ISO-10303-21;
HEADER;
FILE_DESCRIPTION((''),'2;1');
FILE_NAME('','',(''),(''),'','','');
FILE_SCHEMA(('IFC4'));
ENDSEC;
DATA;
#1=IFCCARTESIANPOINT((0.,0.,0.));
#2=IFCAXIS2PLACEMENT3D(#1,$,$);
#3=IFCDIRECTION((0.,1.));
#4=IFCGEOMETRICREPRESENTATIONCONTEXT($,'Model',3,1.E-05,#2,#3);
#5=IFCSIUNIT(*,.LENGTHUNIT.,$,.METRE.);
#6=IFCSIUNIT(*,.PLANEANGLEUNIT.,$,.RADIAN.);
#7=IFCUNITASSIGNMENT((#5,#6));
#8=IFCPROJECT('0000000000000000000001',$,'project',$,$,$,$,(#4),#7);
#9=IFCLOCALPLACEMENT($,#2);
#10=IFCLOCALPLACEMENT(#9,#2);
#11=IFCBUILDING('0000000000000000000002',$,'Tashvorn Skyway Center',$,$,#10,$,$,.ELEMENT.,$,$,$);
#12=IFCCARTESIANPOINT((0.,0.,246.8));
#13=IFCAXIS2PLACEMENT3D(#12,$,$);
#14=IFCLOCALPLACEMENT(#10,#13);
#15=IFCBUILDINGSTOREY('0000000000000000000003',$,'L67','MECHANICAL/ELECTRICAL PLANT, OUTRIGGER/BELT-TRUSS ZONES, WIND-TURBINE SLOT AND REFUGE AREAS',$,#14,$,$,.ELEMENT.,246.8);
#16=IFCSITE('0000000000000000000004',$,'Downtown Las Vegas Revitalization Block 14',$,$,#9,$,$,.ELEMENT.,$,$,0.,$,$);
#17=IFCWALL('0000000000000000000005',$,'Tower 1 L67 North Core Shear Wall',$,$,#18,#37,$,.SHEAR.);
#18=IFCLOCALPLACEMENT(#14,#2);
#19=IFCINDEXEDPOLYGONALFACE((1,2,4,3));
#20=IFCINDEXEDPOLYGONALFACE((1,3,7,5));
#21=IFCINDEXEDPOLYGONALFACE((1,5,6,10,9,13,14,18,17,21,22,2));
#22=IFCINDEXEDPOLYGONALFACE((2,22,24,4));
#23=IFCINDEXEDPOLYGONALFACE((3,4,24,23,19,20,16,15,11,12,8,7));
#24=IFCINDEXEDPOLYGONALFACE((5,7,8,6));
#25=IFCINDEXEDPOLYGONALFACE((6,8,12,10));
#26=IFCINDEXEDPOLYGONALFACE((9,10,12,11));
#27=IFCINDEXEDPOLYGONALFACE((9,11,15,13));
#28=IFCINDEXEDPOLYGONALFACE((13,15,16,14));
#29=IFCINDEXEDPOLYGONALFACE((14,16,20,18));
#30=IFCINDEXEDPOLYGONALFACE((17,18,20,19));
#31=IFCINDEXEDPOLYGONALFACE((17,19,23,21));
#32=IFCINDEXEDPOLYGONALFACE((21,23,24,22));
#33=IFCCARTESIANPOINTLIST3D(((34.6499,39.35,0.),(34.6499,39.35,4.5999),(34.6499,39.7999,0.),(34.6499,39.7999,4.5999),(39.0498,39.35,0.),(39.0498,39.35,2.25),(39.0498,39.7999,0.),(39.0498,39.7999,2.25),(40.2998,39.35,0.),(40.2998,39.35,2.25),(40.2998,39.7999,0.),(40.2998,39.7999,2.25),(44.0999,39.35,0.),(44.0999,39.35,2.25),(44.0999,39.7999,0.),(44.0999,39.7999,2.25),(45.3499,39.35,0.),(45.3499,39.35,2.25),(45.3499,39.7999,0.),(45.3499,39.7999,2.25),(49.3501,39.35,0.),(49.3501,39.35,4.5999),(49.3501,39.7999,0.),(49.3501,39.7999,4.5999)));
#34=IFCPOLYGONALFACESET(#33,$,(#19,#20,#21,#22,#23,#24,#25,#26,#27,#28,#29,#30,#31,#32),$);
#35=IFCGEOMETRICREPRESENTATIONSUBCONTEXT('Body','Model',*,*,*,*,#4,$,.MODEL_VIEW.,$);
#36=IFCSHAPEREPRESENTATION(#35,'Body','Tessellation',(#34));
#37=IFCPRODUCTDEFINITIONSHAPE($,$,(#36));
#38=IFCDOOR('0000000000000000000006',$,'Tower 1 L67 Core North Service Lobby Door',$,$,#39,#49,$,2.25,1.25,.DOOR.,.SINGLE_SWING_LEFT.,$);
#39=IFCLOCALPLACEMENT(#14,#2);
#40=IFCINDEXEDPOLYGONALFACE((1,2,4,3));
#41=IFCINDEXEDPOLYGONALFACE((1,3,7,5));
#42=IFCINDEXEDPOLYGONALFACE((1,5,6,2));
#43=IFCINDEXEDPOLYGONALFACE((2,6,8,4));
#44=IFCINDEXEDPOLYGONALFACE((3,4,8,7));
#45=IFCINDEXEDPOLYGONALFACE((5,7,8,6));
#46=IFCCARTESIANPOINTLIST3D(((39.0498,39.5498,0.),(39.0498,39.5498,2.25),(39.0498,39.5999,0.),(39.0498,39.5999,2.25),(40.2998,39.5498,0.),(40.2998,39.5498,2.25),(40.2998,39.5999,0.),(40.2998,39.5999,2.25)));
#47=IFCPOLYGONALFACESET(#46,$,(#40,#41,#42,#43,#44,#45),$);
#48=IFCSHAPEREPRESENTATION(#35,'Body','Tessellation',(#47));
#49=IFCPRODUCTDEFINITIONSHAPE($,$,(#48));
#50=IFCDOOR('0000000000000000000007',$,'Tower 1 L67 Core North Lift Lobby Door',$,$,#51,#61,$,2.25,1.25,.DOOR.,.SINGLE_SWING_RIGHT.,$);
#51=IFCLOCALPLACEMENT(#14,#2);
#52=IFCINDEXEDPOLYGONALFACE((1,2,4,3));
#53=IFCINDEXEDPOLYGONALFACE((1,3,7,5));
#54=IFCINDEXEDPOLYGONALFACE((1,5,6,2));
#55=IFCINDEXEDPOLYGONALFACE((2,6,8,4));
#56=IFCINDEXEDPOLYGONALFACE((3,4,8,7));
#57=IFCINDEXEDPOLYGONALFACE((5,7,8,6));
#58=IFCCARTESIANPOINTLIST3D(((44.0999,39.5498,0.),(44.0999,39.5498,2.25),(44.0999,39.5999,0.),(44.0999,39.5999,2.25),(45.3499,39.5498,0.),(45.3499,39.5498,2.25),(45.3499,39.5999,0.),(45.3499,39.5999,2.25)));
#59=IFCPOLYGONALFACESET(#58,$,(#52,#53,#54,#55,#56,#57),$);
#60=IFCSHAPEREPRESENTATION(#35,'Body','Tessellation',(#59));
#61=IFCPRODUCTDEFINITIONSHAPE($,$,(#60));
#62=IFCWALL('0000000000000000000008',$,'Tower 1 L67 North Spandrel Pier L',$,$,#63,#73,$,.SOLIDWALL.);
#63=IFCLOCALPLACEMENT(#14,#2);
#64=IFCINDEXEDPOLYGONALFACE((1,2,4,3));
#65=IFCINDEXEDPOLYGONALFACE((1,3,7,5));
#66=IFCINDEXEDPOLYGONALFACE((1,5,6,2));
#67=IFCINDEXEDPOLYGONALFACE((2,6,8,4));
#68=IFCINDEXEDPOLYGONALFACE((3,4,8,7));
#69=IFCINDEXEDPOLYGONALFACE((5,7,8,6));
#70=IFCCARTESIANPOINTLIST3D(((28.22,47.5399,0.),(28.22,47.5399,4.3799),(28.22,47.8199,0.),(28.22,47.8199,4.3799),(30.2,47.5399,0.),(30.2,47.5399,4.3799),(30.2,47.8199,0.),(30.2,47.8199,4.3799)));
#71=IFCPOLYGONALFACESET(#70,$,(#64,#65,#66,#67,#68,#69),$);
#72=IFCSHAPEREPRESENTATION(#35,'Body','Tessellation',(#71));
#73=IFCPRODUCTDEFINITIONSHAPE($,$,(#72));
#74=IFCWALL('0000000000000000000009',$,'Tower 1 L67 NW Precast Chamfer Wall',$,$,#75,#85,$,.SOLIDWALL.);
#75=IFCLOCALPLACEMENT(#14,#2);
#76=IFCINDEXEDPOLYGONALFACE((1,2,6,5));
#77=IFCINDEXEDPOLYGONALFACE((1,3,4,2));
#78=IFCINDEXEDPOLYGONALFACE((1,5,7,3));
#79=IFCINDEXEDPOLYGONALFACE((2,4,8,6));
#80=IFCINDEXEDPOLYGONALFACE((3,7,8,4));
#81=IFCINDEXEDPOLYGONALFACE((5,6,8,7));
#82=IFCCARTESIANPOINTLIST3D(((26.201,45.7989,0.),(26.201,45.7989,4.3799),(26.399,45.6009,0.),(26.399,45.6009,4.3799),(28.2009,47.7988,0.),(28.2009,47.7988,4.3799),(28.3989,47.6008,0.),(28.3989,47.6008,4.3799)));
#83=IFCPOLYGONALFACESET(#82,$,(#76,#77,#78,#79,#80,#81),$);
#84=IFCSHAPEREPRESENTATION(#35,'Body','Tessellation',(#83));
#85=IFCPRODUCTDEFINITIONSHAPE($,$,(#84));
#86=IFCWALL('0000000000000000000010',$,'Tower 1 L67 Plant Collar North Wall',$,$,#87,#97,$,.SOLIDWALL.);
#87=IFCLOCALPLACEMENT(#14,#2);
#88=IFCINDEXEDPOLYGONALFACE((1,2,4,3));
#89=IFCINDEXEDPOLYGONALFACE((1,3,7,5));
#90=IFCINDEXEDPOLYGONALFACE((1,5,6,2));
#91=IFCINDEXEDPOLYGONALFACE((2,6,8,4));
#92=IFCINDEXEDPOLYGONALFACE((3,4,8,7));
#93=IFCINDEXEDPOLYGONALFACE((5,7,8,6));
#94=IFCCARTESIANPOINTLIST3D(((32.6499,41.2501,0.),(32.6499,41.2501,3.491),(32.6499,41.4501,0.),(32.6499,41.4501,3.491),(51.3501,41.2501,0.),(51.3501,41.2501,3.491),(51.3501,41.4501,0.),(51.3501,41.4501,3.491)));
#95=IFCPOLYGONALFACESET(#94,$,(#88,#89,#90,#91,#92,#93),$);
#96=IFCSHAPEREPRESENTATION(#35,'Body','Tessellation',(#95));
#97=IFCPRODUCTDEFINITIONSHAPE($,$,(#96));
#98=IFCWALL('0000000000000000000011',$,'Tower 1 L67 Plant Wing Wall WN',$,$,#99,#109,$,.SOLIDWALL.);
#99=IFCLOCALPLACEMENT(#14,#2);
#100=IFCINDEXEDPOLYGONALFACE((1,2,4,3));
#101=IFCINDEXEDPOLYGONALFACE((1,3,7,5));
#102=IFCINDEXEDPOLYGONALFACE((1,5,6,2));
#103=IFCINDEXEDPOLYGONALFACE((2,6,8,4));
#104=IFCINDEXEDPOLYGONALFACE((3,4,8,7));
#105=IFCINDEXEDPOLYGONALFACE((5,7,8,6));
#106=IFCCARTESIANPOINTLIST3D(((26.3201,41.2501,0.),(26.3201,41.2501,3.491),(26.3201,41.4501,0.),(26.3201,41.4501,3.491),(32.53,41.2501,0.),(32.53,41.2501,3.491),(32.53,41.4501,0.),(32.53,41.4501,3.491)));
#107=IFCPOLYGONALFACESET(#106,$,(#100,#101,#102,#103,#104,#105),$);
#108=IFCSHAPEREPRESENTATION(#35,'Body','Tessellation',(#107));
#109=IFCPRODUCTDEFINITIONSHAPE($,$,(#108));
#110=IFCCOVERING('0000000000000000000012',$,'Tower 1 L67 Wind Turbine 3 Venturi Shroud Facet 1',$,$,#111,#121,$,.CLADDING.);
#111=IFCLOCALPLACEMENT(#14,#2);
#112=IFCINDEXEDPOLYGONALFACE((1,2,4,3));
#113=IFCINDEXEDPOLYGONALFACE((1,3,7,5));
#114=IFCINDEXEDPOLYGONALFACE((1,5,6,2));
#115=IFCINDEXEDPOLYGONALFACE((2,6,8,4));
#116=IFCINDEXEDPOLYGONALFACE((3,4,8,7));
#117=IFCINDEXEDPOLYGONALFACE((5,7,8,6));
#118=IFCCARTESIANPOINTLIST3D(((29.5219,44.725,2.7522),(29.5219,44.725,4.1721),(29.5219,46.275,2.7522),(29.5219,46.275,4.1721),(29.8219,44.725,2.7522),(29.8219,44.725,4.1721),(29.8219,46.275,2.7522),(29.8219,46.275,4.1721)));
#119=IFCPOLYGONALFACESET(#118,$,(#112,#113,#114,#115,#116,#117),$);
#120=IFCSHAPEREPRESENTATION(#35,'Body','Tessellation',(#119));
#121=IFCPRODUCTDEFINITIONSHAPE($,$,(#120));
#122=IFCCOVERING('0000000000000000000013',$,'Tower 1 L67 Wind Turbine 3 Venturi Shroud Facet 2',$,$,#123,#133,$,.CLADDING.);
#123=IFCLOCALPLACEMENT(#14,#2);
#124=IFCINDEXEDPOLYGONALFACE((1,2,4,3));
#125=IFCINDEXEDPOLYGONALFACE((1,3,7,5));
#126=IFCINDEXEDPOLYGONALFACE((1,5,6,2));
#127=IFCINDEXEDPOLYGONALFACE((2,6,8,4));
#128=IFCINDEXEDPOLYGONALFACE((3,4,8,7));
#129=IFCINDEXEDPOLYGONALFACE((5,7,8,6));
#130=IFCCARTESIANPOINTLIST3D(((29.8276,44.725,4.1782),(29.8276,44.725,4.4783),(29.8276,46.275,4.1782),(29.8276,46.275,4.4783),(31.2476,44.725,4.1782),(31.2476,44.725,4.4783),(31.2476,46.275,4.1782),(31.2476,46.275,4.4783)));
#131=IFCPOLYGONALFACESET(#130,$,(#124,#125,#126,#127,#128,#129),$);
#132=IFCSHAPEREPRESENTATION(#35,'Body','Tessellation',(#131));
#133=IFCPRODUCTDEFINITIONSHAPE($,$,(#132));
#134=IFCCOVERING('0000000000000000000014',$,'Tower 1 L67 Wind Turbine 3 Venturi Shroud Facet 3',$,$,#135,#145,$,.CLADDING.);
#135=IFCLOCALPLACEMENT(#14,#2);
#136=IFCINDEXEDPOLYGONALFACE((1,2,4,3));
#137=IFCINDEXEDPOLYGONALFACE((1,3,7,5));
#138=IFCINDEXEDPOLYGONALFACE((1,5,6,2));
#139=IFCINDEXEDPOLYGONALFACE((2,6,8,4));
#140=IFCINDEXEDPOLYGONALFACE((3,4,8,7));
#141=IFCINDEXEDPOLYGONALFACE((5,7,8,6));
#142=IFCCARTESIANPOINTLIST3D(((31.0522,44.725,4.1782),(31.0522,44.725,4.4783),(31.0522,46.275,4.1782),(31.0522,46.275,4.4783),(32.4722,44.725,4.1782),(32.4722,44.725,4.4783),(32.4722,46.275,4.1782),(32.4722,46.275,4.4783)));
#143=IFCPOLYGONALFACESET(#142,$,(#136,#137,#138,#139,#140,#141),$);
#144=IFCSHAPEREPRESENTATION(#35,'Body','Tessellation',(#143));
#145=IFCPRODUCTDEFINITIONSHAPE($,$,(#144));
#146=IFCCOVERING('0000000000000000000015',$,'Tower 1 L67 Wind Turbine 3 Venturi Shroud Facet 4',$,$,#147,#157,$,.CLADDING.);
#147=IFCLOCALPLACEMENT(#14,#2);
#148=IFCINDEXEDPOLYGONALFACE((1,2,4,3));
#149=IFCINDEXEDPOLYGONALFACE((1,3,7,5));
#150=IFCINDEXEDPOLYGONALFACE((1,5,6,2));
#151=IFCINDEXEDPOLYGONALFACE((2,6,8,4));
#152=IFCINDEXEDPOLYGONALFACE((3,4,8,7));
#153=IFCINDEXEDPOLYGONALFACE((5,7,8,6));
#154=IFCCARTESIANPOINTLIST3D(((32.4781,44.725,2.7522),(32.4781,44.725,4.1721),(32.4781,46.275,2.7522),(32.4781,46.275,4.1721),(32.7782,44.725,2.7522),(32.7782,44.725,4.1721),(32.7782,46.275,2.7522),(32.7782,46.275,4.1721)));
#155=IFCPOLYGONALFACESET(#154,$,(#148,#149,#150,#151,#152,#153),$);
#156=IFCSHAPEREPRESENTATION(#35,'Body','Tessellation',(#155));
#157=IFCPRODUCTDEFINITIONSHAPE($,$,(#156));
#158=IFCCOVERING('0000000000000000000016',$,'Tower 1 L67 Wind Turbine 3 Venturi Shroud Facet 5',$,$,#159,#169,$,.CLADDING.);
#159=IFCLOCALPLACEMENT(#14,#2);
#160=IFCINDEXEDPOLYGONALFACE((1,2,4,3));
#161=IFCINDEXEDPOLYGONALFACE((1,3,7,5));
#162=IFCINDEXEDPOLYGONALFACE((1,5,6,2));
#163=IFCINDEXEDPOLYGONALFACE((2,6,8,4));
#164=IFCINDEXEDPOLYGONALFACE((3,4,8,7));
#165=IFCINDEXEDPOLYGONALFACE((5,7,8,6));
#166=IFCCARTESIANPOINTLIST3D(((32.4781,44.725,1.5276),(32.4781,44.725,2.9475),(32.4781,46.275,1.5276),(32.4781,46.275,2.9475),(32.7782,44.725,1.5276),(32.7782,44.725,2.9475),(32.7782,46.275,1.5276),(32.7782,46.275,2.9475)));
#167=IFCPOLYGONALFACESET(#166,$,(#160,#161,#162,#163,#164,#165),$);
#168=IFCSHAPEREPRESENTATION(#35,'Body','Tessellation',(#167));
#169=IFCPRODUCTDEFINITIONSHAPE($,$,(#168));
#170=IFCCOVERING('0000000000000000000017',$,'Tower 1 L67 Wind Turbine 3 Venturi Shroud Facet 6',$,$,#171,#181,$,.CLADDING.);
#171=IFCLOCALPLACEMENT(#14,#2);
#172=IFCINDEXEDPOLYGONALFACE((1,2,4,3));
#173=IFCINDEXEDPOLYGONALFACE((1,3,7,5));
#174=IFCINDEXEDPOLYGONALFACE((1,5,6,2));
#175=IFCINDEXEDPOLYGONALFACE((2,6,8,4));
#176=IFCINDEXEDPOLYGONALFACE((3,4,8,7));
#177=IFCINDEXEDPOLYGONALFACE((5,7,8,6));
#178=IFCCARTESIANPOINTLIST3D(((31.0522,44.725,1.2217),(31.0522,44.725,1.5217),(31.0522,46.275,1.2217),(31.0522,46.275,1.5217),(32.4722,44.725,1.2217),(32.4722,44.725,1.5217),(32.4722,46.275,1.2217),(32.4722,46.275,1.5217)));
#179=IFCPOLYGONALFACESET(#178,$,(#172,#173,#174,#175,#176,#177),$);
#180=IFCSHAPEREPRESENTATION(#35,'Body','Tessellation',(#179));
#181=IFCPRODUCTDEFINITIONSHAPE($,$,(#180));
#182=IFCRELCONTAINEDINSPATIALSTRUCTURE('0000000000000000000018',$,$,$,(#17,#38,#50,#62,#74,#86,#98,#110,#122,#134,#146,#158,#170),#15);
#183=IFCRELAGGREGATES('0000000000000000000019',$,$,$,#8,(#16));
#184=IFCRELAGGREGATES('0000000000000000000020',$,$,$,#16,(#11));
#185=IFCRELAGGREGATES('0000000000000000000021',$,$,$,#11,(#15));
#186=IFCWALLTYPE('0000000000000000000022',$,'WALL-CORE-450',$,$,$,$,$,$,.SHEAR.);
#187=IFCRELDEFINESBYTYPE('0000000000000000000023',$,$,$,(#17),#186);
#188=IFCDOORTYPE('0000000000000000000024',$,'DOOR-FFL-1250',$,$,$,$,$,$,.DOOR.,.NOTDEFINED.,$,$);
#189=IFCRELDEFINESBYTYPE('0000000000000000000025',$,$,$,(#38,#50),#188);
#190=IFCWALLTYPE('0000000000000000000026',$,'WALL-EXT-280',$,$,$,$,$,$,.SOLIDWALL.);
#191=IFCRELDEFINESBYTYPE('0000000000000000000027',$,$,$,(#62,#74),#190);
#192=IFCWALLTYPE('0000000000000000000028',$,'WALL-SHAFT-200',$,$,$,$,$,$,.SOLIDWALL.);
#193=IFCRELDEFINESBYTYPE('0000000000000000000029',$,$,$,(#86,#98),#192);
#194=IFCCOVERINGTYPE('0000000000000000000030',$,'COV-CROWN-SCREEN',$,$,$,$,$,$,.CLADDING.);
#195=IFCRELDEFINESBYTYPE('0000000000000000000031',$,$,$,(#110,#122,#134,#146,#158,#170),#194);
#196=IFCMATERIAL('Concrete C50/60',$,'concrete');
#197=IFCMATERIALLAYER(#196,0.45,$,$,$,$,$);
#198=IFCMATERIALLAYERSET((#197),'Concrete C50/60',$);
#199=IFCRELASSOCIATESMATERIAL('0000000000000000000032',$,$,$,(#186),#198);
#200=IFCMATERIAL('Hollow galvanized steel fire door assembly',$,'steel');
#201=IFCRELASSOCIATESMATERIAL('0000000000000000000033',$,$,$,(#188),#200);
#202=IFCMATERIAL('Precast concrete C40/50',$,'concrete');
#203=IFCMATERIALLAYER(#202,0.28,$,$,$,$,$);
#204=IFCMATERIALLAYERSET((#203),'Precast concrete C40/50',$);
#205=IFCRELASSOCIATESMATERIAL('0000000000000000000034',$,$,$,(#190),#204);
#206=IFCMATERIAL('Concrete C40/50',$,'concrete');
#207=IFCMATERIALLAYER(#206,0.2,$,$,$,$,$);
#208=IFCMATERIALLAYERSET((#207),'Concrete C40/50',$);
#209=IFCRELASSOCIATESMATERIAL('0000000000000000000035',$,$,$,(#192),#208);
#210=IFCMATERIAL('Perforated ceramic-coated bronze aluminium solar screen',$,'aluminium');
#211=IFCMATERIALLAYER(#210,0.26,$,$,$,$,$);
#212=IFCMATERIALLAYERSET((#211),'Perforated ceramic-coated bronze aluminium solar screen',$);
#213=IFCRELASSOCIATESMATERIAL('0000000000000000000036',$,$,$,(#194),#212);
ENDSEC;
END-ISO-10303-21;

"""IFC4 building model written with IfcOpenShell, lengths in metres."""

from ifc_helpers import new_model, si_unit, direction, frame, frame_2d, origin, origin_2d, place, context, subcontext, project, spatial, rectangle, extrude, material, layer, layer_set, type_object, element, fill, save


model = new_model("IFC4")

# Units and contexts
model_context = context("Model", 3, precision=1e-05, world=origin(), true_north=direction((0.0, 1.0)))
body_context = subcontext(model_context, "Body", "Model", "MODEL_VIEW")
ifc_project = project(units=[si_unit("LENGTHUNIT", "METRE"), si_unit("PLANEANGLEUNIT", "RADIAN")], contexts=[model_context])

# Site, building, storey
site_placement = place(None, origin())
site = spatial("IfcSite", under=ifc_project, at=site_placement, Name="Downtown Las Vegas Revitalization Block 14", CompositionType="ELEMENT", RefElevation=0.0)
building_placement = place(site_placement, origin())
building = spatial("IfcBuilding", under=site, at=building_placement, Name="Tashvorn Skyway Center", CompositionType="ELEMENT")
storey_placement = place(building_placement, frame((0.0, 0.0, 246.8)))
storey = spatial("IfcBuildingStorey", under=building, at=storey_placement, Name="L67", Description="MECHANICAL/ELECTRICAL PLANT, OUTRIGGER/BELT-TRUSS ZONES, WIND-TURBINE SLOT AND REFUGE AREAS", CompositionType="ELEMENT", Elevation=246.8)

# Wall, openings, doors
ifc_material_1 = material(Name="Concrete C50/60", Category="concrete")
ifc_layer_1 = layer(ifc_material_1, 0.45)
ifc_layer_set_1 = layer_set([ifc_layer_1], Name="Concrete C50/60")
wall_type_1 = type_object("IfcWallType", Name="WALL-CORE-450", PredefinedType="SHEAR", material=ifc_layer_set_1)
wall_1_placement = place(storey_placement, frame((34.6499, 39.575, 0.0), z_axis=(0.0, 0.0, 1.0), x_axis=(1.0, 0.0, 0.0)))
wall_1 = element("IfcWall", 1, at=wall_1_placement, inside=storey, type_object=wall_type_1, Name="Tower 1 L67 North Core Shear Wall", PredefinedType="SHEAR", context=body_context, shape_type="SweptSolid", body=[
    extrude(rectangle(XDim=14.7002, YDim=0.45, at=frame_2d((7.3501, 0.0))), origin(), (0.0, 0.0, 1.0), 4.5999),
])
opening_1_placement = place(wall_1_placement, frame((4.3999, 0.0, 0.0)))
opening_1 = element("IfcOpeningElement", 2, at=opening_1_placement, cuts=wall_1, PredefinedType="OPENING", context=body_context, shape_type="SweptSolid", body=[
    extrude(rectangle(XDim=1.25, YDim=2.25, at=frame_2d((0.625, 1.125))), frame((0.0, 0.2349, 0.0), z_axis=(0.0, -1.0, 0.0), x_axis=(1.0, 0.0, 0.0)), (0.0, 0.0, 1.0), 0.47),
])
opening_2_placement = place(wall_1_placement, frame((9.45, 0.0, 0.0)))
opening_2 = element("IfcOpeningElement", 3, at=opening_2_placement, cuts=wall_1, PredefinedType="OPENING", context=body_context, shape_type="SweptSolid", body=[
    extrude(rectangle(XDim=1.25, YDim=2.25, at=frame_2d((0.625, 1.125))), frame((0.0, 0.2349, 0.0), z_axis=(0.0, -1.0, 0.0), x_axis=(1.0, 0.0, 0.0)), (0.0, 0.0, 1.0), 0.47),
])
ifc_material_2 = material(Name="Hollow galvanized steel fire door assembly", Category="steel")
door_type = type_object("IfcDoorType", Name="DOOR-FFL-1250", OperationType="NOTDEFINED", PredefinedType="DOOR", material=ifc_material_2)
door_1_placement = place(opening_1_placement, origin())
door_1 = element("IfcDoor", 4, at=door_1_placement, inside=storey, type_object=door_type, Name="Tower 1 L67 Core North Service Lobby Door", OperationType="SINGLE_SWING_LEFT", OverallHeight=2.25, OverallWidth=1.25, PredefinedType="DOOR", context=body_context, shape_type="SweptSolid", body=[
    extrude(rectangle(XDim=1.25, YDim=2.25, at=frame_2d((0.625, 1.125))), frame((0.0, 0.0249, 0.0), z_axis=(0.0, -1.0, 0.0), x_axis=(1.0, 0.0, 0.0)), (0.0, 0.0, 1.0), 0.05),
])
fill(opening_1, door_1)
door_2_placement = place(opening_2_placement, origin())
door_2 = element("IfcDoor", 5, at=door_2_placement, inside=storey, type_object=door_type, Name="Tower 1 L67 Core North Lift Lobby Door", OperationType="SINGLE_SWING_RIGHT", OverallHeight=2.25, OverallWidth=1.25, PredefinedType="DOOR", context=body_context, shape_type="SweptSolid", body=[
    extrude(rectangle(XDim=1.25, YDim=2.25, at=frame_2d((0.625, 1.125))), frame((0.0, 0.0249, 0.0), z_axis=(0.0, -1.0, 0.0), x_axis=(1.0, 0.0, 0.0)), (0.0, 0.0, 1.0), 0.05),
])
fill(opening_2, door_2)

# Walls
ifc_material_3 = material(Name="Precast concrete C40/50", Category="concrete")
ifc_layer_2 = layer(ifc_material_3, 0.28)
ifc_layer_set_2 = layer_set([ifc_layer_2], Name="Precast concrete C40/50")
wall_type_2 = type_object("IfcWallType", Name="WALL-EXT-280", PredefinedType="SOLIDWALL", material=ifc_layer_set_2)
wall_2_placement = place(storey_placement, frame((28.22, 47.6799, 0.0), z_axis=(0.0, 0.0, 1.0), x_axis=(1.0, 0.0, 0.0)))
element("IfcWall", 6, at=wall_2_placement, inside=storey, type_object=wall_type_2, Name="Tower 1 L67 North Spandrel Pier L", PredefinedType="SOLIDWALL", context=body_context, shape_type="SweptSolid", body=[
    extrude(rectangle(XDim=1.98, YDim=0.28, at=frame_2d((0.99, 0.0))), origin(), (0.0, 0.0, 1.0), 4.3799),
])
wall_3_placement = place(storey_placement, frame((26.3, 45.7, 0.0), z_axis=(0.0, 0.0, 1.0), x_axis=(0.707107, 0.707107, 0.0)))
element("IfcWall", 7, at=wall_3_placement, inside=storey, type_object=wall_type_2, Name="Tower 1 L67 NW Precast Chamfer Wall", PredefinedType="SOLIDWALL", context=body_context, shape_type="SweptSolid", body=[
    extrude(rectangle(XDim=2.8284, YDim=0.28, at=frame_2d((1.4141, 0.0))), origin(), (0.0, 0.0, 1.0), 4.3799),
])
ifc_material_4 = material(Name="Concrete C40/50", Category="concrete")
ifc_layer_3 = layer(ifc_material_4, 0.2)
ifc_layer_set_3 = layer_set([ifc_layer_3], Name="Concrete C40/50")
wall_type_3 = type_object("IfcWallType", Name="WALL-SHAFT-200", PredefinedType="SOLIDWALL", material=ifc_layer_set_3)
wall_4_placement = place(storey_placement, frame((32.6499, 41.3501, 0.0), z_axis=(0.0, 0.0, 1.0), x_axis=(1.0, 0.0, 0.0)))
element("IfcWall", 8, at=wall_4_placement, inside=storey, type_object=wall_type_3, Name="Tower 1 L67 Plant Collar North Wall", PredefinedType="SOLIDWALL", context=body_context, shape_type="SweptSolid", body=[
    extrude(rectangle(XDim=18.7002, YDim=0.2, at=frame_2d((9.3501, 0.0))), origin(), (0.0, 0.0, 1.0), 3.491),
])
wall_5_placement = place(storey_placement, frame((26.3201, 41.3501, 0.0), z_axis=(0.0, 0.0, 1.0), x_axis=(1.0, 0.0, 0.0)))
element("IfcWall", 9, at=wall_5_placement, inside=storey, type_object=wall_type_3, Name="Tower 1 L67 Plant Wing Wall WN", PredefinedType="SOLIDWALL", context=body_context, shape_type="SweptSolid", body=[
    extrude(rectangle(XDim=6.21, YDim=0.2, at=frame_2d((3.105, 0.0))), origin(), (0.0, 0.0, 1.0), 3.491),
])

# Coverings
ifc_material_5 = material(Name="Perforated ceramic-coated bronze aluminium solar screen", Category="aluminium")
ifc_layer_4 = layer(ifc_material_5, 0.26)
ifc_layer_set_4 = layer_set([ifc_layer_4], Name="Perforated ceramic-coated bronze aluminium solar screen")
covering_type_1 = type_object("IfcCoveringType", Name="COV-CROWN-SCREEN", PredefinedType="CLADDING", material=ifc_layer_set_4)
covering_1_placement = place(storey_placement, frame((29.6719, 45.5, 2.7522), z_axis=(0.0, 0.0, 1.0), x_axis=(-1.0, 0.0, 0.0)))
element("IfcCovering", 10, at=covering_1_placement, inside=storey, type_object=covering_type_1, Name="Tower 1 L67 Wind Turbine 3 Venturi Shroud Facet 1", PredefinedType="CLADDING", context=body_context, shape_type="SweptSolid", body=[
    extrude(rectangle(XDim=0.3, YDim=1.55, at=origin_2d()), origin(), (0.0, 0.0, 1.0), 1.4199),
])
for number, where, z_axis, x_axis, name in (
    (11, (30.5376, 45.5, 4.1782), (0.0, 0.0, 1.0), (-1.0, 0.0, 0.0), "Tower 1 L67 Wind Turbine 3 Venturi Shroud Facet 2"),
    (12, (31.7622, 45.5, 4.1782), (0.0, 0.0, 1.0), (-1.0, 0.0, 0.0), "Tower 1 L67 Wind Turbine 3 Venturi Shroud Facet 3"),
):
    element("IfcCovering", number, at=place(storey_placement, frame(where, z_axis=z_axis, x_axis=x_axis)), inside=storey, type_object=covering_type_1, Name=name, PredefinedType="CLADDING", context=body_context, shape_type="SweptSolid", body=[
        extrude(rectangle(XDim=1.4199, YDim=1.55, at=origin_2d()), origin(), (0.0, 0.0, 1.0), 0.3),
    ])
for number, where, z_axis, x_axis, name in (
    (13, (32.6282, 45.5, 2.7522), (0.0, 0.0, 1.0), (-1.0, 0.0, 0.0), "Tower 1 L67 Wind Turbine 3 Venturi Shroud Facet 4"),
    (14, (32.6282, 45.5, 1.5276), (0.0, 0.0, 1.0), (-1.0, 0.0, 0.0), "Tower 1 L67 Wind Turbine 3 Venturi Shroud Facet 5"),
):
    element("IfcCovering", number, at=place(storey_placement, frame(where, z_axis=z_axis, x_axis=x_axis)), inside=storey, type_object=covering_type_1, Name=name, PredefinedType="CLADDING", context=body_context, shape_type="SweptSolid", body=[
        extrude(rectangle(XDim=0.3, YDim=1.55, at=origin_2d()), origin(), (0.0, 0.0, 1.0), 1.4199),
    ])
for number, where, z_axis, x_axis, name in (
    (15, (31.7622, 45.5, 1.2217), (0.0, 0.0, 1.0), (-1.0, 0.0, 0.0), "Tower 1 L67 Wind Turbine 3 Venturi Shroud Facet 6"),
):
    element("IfcCovering", number, at=place(storey_placement, frame(where, z_axis=z_axis, x_axis=x_axis)), inside=storey, type_object=covering_type_1, Name=name, PredefinedType="CLADDING", context=body_context, shape_type="SweptSolid", body=[
        extrude(rectangle(XDim=1.4199, YDim=1.55, at=origin_2d()), origin(), (0.0, 0.0, 1.0), 0.3),
    ])

save(model, "model.ifc")
